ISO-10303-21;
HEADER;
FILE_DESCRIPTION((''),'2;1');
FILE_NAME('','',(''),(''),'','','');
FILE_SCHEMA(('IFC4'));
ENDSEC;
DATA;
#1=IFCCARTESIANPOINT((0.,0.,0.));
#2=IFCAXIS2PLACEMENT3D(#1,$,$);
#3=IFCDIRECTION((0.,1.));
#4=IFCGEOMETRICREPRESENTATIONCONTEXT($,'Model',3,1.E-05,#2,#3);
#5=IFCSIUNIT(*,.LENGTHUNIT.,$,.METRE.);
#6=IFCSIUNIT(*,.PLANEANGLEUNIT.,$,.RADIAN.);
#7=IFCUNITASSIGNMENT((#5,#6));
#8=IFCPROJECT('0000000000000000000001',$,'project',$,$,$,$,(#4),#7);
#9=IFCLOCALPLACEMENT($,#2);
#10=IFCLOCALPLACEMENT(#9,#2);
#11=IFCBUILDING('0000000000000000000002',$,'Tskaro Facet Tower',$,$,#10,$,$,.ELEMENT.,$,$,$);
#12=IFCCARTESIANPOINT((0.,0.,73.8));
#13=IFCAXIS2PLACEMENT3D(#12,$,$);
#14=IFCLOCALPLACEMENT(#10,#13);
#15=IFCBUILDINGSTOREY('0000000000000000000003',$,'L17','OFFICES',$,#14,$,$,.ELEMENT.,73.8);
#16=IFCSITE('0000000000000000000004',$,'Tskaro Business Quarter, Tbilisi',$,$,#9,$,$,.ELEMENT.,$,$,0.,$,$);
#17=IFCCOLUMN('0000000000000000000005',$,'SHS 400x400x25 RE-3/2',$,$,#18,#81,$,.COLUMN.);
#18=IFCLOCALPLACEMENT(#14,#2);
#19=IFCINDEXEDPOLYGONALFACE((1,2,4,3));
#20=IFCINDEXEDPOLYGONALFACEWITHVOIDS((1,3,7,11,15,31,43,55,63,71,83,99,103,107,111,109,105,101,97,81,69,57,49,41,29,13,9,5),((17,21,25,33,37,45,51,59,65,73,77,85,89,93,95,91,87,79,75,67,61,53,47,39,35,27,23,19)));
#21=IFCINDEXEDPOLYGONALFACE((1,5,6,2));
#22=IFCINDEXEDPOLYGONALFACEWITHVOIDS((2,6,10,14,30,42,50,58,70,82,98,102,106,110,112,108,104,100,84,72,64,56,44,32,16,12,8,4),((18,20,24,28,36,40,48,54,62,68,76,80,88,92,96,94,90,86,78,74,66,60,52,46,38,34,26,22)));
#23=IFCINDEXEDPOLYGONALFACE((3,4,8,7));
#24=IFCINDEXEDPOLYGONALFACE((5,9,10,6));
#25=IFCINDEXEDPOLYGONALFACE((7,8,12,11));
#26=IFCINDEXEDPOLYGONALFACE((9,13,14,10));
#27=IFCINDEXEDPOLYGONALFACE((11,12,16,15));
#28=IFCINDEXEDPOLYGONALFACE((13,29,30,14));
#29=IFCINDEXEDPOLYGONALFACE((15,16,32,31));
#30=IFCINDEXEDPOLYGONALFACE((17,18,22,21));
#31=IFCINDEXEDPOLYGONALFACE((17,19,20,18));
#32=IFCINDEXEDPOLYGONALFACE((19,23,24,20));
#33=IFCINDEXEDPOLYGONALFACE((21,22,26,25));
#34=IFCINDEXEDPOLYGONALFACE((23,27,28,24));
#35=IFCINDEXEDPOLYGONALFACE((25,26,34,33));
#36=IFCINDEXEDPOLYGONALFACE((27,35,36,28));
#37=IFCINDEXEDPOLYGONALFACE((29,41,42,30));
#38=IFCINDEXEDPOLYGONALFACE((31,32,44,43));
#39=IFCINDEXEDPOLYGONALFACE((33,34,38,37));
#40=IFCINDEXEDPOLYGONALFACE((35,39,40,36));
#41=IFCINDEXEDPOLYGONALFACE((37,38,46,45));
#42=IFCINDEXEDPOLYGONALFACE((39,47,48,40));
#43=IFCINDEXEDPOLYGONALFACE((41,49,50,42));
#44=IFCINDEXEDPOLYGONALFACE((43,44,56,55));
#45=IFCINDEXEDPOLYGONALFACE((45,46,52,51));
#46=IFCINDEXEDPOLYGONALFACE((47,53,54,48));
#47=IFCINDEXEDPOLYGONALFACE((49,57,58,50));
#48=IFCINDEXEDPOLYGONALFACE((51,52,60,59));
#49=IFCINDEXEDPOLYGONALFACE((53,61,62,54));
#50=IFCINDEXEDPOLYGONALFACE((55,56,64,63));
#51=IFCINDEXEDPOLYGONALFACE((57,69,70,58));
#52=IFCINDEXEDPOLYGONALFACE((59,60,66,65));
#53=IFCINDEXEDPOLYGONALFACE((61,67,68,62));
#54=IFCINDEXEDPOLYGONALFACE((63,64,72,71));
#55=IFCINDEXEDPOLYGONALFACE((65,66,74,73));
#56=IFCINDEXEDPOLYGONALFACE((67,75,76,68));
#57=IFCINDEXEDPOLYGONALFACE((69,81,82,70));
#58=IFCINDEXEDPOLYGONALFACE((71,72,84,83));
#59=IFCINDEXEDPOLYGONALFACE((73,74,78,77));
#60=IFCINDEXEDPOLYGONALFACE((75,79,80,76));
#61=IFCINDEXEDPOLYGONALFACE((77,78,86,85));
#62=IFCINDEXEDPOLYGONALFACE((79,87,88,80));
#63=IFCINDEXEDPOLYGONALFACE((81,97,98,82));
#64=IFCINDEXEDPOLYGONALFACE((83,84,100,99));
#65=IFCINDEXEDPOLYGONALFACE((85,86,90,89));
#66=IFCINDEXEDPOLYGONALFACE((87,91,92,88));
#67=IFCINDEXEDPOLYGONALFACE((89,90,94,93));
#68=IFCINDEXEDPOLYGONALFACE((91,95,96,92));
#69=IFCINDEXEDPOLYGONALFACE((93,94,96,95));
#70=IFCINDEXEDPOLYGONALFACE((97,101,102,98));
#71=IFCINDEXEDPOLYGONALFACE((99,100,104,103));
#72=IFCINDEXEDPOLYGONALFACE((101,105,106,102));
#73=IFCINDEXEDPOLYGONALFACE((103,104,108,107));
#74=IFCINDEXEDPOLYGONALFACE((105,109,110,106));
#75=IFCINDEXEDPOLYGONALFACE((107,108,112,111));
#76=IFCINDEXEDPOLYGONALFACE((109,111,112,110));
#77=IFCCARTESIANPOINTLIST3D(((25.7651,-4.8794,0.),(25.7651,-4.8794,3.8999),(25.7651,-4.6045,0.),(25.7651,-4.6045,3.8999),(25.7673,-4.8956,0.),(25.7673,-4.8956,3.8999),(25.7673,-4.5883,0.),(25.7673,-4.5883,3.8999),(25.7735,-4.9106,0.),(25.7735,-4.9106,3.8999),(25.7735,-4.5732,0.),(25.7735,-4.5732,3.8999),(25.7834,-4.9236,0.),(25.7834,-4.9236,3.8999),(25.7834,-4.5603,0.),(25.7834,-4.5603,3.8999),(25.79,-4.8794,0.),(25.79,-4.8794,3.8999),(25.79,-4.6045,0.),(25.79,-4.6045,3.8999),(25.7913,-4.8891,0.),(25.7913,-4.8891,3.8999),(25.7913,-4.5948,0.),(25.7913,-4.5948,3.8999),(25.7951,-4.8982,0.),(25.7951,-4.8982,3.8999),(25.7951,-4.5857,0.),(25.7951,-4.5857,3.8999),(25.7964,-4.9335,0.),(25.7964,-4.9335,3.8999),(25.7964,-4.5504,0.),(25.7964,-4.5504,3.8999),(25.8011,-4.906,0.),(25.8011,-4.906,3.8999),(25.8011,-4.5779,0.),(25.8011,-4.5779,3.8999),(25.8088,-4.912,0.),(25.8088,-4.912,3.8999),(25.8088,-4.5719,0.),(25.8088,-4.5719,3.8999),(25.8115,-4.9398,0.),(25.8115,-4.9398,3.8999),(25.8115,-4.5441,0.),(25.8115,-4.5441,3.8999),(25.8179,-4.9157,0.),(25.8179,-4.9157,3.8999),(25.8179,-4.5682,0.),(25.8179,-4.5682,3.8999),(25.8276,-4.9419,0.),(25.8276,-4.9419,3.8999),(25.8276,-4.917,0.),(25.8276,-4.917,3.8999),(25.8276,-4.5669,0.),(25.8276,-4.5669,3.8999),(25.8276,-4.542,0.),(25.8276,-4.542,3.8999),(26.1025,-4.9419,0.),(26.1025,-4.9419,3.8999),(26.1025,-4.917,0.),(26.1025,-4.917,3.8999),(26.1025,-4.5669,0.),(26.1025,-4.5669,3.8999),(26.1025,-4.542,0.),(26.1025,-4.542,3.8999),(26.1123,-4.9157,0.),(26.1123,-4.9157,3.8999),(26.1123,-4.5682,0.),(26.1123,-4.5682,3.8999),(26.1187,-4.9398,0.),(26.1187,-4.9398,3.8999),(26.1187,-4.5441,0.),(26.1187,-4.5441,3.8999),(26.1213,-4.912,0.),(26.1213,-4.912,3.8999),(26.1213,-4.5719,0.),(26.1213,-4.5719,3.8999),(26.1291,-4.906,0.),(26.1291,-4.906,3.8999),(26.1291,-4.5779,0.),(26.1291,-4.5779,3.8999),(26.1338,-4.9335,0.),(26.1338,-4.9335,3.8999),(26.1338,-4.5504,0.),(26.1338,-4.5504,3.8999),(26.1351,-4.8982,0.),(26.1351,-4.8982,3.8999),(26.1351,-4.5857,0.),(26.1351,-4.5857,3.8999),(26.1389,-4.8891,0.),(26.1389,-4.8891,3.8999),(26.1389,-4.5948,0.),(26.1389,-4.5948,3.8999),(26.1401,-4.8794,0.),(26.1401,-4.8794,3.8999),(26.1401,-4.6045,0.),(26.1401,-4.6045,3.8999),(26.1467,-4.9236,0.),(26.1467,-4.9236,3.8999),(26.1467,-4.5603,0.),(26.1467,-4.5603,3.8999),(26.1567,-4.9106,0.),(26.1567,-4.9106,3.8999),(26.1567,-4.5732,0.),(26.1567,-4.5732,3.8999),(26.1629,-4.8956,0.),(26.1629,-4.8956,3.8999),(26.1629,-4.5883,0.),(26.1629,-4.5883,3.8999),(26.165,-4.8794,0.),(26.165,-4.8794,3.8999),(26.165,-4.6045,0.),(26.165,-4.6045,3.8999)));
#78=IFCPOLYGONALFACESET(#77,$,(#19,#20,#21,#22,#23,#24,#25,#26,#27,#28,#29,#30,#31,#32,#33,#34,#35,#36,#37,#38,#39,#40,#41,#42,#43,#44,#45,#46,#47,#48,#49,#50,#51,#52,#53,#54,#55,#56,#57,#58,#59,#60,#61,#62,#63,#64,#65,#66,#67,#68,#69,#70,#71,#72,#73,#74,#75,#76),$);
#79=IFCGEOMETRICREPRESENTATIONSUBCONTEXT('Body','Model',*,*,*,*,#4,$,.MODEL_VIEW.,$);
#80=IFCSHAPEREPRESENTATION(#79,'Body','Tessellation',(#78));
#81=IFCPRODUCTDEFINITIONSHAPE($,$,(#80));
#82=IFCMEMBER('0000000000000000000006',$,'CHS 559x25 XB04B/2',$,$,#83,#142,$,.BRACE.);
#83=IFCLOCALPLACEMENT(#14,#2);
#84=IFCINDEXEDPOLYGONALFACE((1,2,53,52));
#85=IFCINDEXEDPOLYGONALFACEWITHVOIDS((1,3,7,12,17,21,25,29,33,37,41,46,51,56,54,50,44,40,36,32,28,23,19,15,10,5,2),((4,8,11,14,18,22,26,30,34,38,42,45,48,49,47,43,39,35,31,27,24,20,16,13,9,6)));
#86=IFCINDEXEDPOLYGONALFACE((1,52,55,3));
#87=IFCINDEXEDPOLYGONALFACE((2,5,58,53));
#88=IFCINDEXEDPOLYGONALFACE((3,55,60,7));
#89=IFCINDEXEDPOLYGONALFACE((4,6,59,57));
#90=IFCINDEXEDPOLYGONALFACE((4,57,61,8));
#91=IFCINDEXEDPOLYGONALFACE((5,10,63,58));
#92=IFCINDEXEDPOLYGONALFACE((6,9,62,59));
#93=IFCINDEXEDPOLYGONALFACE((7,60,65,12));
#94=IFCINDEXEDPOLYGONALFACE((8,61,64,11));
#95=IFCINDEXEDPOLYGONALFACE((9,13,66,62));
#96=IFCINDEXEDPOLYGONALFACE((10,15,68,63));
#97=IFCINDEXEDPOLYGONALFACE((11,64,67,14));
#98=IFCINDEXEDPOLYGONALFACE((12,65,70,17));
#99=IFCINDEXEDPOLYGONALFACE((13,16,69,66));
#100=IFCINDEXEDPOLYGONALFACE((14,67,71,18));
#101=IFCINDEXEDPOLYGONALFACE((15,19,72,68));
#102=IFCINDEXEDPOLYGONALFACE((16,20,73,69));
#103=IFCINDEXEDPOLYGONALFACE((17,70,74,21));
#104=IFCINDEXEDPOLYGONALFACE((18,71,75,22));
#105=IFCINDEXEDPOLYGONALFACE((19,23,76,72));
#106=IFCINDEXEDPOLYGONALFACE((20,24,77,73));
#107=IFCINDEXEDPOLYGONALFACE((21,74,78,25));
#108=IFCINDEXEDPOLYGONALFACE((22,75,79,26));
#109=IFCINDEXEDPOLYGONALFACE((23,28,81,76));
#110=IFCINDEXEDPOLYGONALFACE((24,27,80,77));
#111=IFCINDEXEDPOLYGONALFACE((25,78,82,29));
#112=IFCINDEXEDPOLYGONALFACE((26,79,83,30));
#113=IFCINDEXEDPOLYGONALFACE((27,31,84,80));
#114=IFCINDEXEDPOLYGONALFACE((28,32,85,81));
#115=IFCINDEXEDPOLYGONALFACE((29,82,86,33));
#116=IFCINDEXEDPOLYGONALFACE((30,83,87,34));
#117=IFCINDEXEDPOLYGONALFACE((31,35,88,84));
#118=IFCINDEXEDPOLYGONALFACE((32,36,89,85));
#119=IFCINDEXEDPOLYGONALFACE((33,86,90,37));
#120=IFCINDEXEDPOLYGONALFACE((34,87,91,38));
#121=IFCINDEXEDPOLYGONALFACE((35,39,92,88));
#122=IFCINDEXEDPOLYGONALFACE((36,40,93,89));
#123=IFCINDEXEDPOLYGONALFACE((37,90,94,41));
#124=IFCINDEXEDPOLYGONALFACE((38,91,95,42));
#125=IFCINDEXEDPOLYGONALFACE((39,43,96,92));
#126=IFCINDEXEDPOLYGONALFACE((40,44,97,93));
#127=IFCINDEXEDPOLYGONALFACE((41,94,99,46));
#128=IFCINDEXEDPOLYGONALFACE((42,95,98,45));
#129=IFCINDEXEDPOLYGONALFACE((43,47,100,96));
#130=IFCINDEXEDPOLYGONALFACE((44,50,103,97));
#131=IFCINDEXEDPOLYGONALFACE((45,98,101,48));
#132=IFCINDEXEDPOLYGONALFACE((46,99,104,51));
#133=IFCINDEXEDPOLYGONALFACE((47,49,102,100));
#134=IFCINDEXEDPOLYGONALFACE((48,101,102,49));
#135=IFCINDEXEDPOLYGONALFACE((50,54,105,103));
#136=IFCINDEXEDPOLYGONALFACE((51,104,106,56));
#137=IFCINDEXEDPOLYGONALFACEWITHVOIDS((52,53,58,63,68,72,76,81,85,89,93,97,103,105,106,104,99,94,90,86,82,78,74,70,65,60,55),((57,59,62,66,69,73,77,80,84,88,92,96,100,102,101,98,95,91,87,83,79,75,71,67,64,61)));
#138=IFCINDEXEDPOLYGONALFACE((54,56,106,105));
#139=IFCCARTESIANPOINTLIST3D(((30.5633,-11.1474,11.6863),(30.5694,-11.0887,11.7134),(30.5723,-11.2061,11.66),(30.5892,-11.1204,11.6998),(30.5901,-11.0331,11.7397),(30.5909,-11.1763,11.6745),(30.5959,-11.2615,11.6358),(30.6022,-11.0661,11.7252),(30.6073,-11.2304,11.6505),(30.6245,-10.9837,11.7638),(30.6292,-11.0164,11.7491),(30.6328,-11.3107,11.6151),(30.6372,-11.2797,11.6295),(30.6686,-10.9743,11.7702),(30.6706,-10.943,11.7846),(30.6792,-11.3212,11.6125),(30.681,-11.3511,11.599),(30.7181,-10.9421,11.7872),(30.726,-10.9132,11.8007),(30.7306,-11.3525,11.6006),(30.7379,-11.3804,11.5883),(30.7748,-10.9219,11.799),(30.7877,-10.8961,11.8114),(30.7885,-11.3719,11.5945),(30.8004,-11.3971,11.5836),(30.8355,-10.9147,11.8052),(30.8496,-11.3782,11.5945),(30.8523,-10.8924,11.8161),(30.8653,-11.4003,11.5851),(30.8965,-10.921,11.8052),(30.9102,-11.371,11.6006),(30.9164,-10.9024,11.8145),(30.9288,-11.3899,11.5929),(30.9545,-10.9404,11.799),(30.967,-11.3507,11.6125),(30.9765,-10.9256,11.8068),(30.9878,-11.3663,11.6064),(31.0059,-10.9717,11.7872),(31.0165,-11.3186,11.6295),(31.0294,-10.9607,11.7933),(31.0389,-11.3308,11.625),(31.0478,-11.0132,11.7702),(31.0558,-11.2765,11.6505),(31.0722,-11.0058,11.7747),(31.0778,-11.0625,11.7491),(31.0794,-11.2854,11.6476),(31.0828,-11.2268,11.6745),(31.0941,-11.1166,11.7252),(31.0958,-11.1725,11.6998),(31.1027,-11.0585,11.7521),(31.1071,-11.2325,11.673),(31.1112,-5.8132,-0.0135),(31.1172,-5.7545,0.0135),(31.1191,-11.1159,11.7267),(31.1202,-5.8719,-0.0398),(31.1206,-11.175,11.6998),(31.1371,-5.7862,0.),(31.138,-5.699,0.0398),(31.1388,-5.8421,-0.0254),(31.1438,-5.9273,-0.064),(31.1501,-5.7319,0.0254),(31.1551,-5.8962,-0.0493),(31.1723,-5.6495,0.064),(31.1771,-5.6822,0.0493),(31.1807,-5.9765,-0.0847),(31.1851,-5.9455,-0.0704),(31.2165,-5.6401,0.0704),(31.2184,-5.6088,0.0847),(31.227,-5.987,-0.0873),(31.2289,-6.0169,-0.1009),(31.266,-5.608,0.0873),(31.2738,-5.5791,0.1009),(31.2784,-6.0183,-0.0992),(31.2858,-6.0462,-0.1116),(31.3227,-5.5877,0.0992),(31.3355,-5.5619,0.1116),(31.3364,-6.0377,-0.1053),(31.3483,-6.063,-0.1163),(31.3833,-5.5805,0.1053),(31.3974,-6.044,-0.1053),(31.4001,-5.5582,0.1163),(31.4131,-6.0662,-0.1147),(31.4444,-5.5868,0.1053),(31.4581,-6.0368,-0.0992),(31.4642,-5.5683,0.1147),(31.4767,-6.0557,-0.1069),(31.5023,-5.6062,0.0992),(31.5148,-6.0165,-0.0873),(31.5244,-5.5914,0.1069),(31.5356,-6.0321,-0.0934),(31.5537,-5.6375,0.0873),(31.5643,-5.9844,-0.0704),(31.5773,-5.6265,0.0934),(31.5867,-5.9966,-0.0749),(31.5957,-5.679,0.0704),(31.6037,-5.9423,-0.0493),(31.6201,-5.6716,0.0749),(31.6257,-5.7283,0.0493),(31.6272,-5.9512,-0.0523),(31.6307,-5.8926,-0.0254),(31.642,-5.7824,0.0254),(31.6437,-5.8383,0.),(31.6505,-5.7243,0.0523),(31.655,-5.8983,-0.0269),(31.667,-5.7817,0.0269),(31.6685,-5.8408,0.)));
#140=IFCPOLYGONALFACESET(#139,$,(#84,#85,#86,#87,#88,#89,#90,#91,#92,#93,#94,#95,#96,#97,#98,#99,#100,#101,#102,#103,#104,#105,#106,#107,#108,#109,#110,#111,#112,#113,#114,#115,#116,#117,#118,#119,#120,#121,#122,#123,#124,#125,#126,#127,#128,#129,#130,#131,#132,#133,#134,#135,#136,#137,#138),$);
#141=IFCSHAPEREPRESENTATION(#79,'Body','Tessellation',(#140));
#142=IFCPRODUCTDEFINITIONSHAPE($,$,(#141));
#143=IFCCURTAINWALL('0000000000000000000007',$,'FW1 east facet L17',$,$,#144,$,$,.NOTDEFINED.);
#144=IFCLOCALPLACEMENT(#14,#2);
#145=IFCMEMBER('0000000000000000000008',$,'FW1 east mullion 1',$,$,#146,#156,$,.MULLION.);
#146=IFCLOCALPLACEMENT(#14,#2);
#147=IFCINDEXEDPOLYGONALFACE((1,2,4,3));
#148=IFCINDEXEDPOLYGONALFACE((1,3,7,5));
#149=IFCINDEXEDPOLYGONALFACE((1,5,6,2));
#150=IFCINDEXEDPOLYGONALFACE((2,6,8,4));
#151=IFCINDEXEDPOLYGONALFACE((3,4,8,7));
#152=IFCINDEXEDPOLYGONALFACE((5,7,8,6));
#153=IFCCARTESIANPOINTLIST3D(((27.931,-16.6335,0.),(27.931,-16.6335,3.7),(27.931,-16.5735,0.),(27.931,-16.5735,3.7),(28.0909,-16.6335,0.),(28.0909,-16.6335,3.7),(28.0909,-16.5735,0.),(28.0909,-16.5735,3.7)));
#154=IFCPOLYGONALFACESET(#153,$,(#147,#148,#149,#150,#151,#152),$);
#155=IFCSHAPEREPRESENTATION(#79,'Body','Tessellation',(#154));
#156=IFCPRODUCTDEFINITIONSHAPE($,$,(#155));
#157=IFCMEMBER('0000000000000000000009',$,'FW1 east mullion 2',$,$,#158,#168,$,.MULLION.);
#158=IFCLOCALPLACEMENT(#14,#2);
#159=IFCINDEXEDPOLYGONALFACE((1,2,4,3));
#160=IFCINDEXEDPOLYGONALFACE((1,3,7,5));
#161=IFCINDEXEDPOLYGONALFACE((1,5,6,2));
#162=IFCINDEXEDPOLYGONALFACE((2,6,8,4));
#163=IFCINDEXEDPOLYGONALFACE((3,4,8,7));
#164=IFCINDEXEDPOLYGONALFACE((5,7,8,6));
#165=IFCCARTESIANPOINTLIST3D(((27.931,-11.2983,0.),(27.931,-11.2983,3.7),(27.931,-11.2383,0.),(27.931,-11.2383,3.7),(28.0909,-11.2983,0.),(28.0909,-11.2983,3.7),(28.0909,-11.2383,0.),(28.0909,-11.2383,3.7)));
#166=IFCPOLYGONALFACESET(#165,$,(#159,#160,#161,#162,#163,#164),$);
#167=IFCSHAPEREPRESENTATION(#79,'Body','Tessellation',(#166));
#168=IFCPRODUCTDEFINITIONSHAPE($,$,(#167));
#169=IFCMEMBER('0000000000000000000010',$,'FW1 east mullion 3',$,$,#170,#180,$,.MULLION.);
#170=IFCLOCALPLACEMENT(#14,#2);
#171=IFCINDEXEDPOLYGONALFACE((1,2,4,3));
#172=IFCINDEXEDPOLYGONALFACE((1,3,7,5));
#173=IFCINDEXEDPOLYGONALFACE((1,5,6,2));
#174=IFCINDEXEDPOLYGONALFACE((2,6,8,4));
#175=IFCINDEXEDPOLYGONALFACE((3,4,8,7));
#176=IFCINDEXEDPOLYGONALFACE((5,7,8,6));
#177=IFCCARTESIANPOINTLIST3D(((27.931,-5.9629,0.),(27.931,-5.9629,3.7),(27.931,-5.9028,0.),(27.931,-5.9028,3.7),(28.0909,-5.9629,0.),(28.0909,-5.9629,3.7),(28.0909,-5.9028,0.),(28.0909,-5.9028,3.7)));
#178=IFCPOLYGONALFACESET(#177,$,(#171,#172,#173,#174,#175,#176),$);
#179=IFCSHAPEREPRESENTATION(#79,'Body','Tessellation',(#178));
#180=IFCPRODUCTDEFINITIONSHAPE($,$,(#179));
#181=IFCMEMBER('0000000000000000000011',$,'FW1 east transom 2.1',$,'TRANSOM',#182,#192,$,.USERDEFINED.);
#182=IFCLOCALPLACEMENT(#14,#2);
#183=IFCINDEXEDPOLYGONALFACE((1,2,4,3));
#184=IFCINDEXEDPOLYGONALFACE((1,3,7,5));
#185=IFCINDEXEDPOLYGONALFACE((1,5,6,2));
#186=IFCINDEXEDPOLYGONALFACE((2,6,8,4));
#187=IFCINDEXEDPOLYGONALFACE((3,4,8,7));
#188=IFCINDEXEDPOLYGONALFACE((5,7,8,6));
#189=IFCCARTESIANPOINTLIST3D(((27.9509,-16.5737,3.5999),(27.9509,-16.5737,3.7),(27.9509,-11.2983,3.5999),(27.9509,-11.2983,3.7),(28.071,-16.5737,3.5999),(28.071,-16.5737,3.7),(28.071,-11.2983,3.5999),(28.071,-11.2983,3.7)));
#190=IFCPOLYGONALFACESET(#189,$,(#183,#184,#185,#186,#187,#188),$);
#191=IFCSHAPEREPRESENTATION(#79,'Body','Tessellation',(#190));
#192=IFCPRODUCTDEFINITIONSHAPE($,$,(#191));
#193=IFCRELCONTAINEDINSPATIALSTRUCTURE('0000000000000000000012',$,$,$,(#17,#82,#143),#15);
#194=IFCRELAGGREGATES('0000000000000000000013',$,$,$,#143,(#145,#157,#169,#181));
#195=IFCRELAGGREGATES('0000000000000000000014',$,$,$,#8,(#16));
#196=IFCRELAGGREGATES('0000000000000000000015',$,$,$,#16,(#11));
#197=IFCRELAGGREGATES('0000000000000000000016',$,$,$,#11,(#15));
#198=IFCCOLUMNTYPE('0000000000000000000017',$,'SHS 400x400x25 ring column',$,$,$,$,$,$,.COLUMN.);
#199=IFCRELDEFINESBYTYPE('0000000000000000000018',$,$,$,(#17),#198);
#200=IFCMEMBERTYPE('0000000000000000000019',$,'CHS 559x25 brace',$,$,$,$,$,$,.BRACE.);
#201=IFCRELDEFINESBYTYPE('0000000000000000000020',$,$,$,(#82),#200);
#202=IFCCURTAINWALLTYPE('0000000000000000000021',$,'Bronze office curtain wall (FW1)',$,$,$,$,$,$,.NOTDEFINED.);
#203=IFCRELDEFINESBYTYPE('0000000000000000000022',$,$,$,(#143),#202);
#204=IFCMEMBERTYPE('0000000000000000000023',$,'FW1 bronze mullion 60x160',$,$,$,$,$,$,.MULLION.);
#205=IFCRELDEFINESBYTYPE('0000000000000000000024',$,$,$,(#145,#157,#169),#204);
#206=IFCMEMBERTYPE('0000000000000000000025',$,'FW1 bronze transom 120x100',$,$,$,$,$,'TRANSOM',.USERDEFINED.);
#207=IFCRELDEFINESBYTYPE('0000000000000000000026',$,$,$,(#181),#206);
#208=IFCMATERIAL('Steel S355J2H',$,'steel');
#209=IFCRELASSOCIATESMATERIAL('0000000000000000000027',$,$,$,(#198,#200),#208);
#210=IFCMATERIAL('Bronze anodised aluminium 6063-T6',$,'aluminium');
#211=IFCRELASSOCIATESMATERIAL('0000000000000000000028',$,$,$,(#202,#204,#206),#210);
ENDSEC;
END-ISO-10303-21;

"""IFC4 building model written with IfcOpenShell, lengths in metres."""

from ifc_helpers import new_model, si_unit, direction, frame, origin, origin_2d, place, context, subcontext, project, spatial, rectangle, hollow_rectangle, hollow_circle, extrude, material, material_profile, profile_set, type_object, element, aggregate, save


model = new_model("IFC4")

# Units and contexts
model_context = context("Model", 3, precision=1e-05, world=origin(), true_north=direction((0.0, 1.0)))
body_context = subcontext(model_context, "Body", "Model", "MODEL_VIEW")
ifc_project = project(units=[si_unit("LENGTHUNIT", "METRE"), si_unit("PLANEANGLEUNIT", "RADIAN")], contexts=[model_context])

# Site, building, storey
site_placement = place(None, origin())
site = spatial("IfcSite", under=ifc_project, at=site_placement, Name="Tskaro Business Quarter, Tbilisi", CompositionType="ELEMENT", RefElevation=0.0)
building_placement = place(site_placement, origin())
building = spatial("IfcBuilding", under=site, at=building_placement, Name="Tskaro Facet Tower", CompositionType="ELEMENT")
storey_placement = place(building_placement, frame((0.0, 0.0, 73.8)))
storey = spatial("IfcBuildingStorey", under=building, at=storey_placement, Name="L17", Description="OFFICES", CompositionType="ELEMENT", Elevation=73.8)

# Column
ifc_material_1 = material(Name="Steel S355J2H", Category="steel")
ifc_material_profile_1 = material_profile(ifc_material_1, hollow_rectangle(XDim=0.3999, YDim=0.3999, WallThickness=0.0249, InnerFilletRadius=0.0376, OuterFilletRadius=0.0625, at=origin_2d()), Name="SHS 400x400x25")
ifc_profile_set_1 = profile_set([ifc_material_profile_1], Name="Steel S355J2H")
column_type_1 = type_object("IfcColumnType", Name="SHS 400x400x25 ring column", PredefinedType="COLUMN", material=ifc_profile_set_1)
for number, where, z_axis, x_axis, name in (
    (1, (25.9651, -4.7419, 0.0), (0.0, 0.0, 1.0), (1.0, 0.0, 0.0), "SHS 400x400x25 RE-3/2"),
):
    element("IfcColumn", number, at=place(storey_placement, frame(where, z_axis=z_axis, x_axis=x_axis)), inside=storey, type_object=column_type_1, Name=name, PredefinedType="COLUMN", context=body_context, shape_type="SweptSolid", body=[
        extrude(hollow_rectangle(XDim=0.3999, YDim=0.3999, WallThickness=0.0249, InnerFilletRadius=0.0376, OuterFilletRadius=0.0625, at=origin_2d()), origin(), (0.0, 0.0, 1.0), 3.8999),
    ])

# Member
ifc_material_profile_2 = material_profile(ifc_material_1, hollow_circle(Radius=0.2795, WallThickness=0.0249, at=origin_2d()), Name="CHS 559x25")
ifc_profile_set_2 = profile_set([ifc_material_profile_2], Name="Steel S355J2H")
member_type_1 = type_object("IfcMemberType", Name="CHS 559x25 brace", PredefinedType="BRACE", material=ifc_profile_set_2)
member_1_placement = place(storey_placement, frame((31.3904, -5.8123, 0.0), z_axis=(-0.042567, -0.414462, 0.90907), x_axis=(0.994767, -0.102167, 0.0)))
element("IfcMember", 2, at=member_1_placement, inside=storey, type_object=member_type_1, Name="CHS 559x25 XB04B/2", PredefinedType="BRACE", context=body_context, shape_type="SweptSolid", body=[
    extrude(hollow_circle(Radius=0.2795, WallThickness=0.0249, at=origin_2d()), origin(), (0.0, 0.0, 1.0), 12.8701),
])

# Curtain wall, members
ifc_material_2 = material(Name="Bronze anodised aluminium 6063-T6", Category="aluminium")
curtain_wall_type = type_object("IfcCurtainWallType", Name="Bronze office curtain wall (FW1)", PredefinedType="NOTDEFINED", material=ifc_material_2)
curtain_wall_placement = place(storey_placement, origin())
curtain_wall = element("IfcCurtainWall", 3, at=curtain_wall_placement, inside=storey, type_object=curtain_wall_type, Name="FW1 east facet L17", PredefinedType="NOTDEFINED")
ifc_material_profile_3 = material_profile(ifc_material_2, rectangle(XDim=0.0601, YDim=0.1599, at=origin_2d()), Name="Mullion 60x160")
ifc_profile_set_3 = profile_set([ifc_material_profile_3], Name="Bronze anodised aluminium 6063-T6")
member_type_2 = type_object("IfcMemberType", Name="FW1 bronze mullion 60x160", PredefinedType="MULLION", material=ifc_profile_set_3)
member_2_placement = place(storey_placement, frame((28.011, -16.6035, 0.0), z_axis=(0.0, 0.0, 1.0), x_axis=(0.0, 1.0, 0.0)))
member_2 = element("IfcMember", 4, at=member_2_placement, type_object=member_type_2, Name="FW1 east mullion 1", PredefinedType="MULLION", context=body_context, shape_type="SweptSolid", body=[
    extrude(rectangle(XDim=0.0601, YDim=0.1599, at=origin_2d()), origin(), (0.0, 0.0, 1.0), 3.7),
])
member_3_placement = place(storey_placement, frame((28.011, -11.2683, 0.0), z_axis=(0.0, 0.0, 1.0), x_axis=(0.0, 1.0, 0.0)))
member_3 = element("IfcMember", 5, at=member_3_placement, type_object=member_type_2, Name="FW1 east mullion 2", PredefinedType="MULLION", context=body_context, shape_type="SweptSolid", body=[
    extrude(rectangle(XDim=0.0601, YDim=0.1599, at=origin_2d()), origin(), (0.0, 0.0, 1.0), 3.7),
])
member_4_placement = place(storey_placement, frame((28.011, -5.9329, 0.0), z_axis=(0.0, 0.0, 1.0), x_axis=(0.0, 1.0, 0.0)))
member_4 = element("IfcMember", 6, at=member_4_placement, type_object=member_type_2, Name="FW1 east mullion 3", PredefinedType="MULLION", context=body_context, shape_type="SweptSolid", body=[
    extrude(rectangle(XDim=0.0601, YDim=0.1599, at=origin_2d()), origin(), (0.0, 0.0, 1.0), 3.7),
])
ifc_material_profile_4 = material_profile(ifc_material_2, rectangle(XDim=0.1201, YDim=0.1001, at=origin_2d()), Name="Transom 120x100")
ifc_profile_set_4 = profile_set([ifc_material_profile_4], Name="Bronze anodised aluminium 6063-T6")
member_type_3 = type_object("IfcMemberType", Name="FW1 bronze transom 120x100", ElementType="TRANSOM", PredefinedType="USERDEFINED", material=ifc_profile_set_4)
member_5_placement = place(storey_placement, frame((28.011, -16.5737, 3.6499), z_axis=(0.0, 1.0, 0.0), x_axis=(-1.0, 0.0, 0.0)))
member_5 = element("IfcMember", 7, at=member_5_placement, type_object=member_type_3, Name="FW1 east transom 2.1", ObjectType="TRANSOM", PredefinedType="USERDEFINED", context=body_context, shape_type="SweptSolid", body=[
    extrude(rectangle(XDim=0.1201, YDim=0.1001, at=origin_2d()), origin(), (0.0, 0.0, 1.0), 5.2754),
])

aggregate(curtain_wall, [member_2, member_3, member_4, member_5])

save(model, "model.ifc")
